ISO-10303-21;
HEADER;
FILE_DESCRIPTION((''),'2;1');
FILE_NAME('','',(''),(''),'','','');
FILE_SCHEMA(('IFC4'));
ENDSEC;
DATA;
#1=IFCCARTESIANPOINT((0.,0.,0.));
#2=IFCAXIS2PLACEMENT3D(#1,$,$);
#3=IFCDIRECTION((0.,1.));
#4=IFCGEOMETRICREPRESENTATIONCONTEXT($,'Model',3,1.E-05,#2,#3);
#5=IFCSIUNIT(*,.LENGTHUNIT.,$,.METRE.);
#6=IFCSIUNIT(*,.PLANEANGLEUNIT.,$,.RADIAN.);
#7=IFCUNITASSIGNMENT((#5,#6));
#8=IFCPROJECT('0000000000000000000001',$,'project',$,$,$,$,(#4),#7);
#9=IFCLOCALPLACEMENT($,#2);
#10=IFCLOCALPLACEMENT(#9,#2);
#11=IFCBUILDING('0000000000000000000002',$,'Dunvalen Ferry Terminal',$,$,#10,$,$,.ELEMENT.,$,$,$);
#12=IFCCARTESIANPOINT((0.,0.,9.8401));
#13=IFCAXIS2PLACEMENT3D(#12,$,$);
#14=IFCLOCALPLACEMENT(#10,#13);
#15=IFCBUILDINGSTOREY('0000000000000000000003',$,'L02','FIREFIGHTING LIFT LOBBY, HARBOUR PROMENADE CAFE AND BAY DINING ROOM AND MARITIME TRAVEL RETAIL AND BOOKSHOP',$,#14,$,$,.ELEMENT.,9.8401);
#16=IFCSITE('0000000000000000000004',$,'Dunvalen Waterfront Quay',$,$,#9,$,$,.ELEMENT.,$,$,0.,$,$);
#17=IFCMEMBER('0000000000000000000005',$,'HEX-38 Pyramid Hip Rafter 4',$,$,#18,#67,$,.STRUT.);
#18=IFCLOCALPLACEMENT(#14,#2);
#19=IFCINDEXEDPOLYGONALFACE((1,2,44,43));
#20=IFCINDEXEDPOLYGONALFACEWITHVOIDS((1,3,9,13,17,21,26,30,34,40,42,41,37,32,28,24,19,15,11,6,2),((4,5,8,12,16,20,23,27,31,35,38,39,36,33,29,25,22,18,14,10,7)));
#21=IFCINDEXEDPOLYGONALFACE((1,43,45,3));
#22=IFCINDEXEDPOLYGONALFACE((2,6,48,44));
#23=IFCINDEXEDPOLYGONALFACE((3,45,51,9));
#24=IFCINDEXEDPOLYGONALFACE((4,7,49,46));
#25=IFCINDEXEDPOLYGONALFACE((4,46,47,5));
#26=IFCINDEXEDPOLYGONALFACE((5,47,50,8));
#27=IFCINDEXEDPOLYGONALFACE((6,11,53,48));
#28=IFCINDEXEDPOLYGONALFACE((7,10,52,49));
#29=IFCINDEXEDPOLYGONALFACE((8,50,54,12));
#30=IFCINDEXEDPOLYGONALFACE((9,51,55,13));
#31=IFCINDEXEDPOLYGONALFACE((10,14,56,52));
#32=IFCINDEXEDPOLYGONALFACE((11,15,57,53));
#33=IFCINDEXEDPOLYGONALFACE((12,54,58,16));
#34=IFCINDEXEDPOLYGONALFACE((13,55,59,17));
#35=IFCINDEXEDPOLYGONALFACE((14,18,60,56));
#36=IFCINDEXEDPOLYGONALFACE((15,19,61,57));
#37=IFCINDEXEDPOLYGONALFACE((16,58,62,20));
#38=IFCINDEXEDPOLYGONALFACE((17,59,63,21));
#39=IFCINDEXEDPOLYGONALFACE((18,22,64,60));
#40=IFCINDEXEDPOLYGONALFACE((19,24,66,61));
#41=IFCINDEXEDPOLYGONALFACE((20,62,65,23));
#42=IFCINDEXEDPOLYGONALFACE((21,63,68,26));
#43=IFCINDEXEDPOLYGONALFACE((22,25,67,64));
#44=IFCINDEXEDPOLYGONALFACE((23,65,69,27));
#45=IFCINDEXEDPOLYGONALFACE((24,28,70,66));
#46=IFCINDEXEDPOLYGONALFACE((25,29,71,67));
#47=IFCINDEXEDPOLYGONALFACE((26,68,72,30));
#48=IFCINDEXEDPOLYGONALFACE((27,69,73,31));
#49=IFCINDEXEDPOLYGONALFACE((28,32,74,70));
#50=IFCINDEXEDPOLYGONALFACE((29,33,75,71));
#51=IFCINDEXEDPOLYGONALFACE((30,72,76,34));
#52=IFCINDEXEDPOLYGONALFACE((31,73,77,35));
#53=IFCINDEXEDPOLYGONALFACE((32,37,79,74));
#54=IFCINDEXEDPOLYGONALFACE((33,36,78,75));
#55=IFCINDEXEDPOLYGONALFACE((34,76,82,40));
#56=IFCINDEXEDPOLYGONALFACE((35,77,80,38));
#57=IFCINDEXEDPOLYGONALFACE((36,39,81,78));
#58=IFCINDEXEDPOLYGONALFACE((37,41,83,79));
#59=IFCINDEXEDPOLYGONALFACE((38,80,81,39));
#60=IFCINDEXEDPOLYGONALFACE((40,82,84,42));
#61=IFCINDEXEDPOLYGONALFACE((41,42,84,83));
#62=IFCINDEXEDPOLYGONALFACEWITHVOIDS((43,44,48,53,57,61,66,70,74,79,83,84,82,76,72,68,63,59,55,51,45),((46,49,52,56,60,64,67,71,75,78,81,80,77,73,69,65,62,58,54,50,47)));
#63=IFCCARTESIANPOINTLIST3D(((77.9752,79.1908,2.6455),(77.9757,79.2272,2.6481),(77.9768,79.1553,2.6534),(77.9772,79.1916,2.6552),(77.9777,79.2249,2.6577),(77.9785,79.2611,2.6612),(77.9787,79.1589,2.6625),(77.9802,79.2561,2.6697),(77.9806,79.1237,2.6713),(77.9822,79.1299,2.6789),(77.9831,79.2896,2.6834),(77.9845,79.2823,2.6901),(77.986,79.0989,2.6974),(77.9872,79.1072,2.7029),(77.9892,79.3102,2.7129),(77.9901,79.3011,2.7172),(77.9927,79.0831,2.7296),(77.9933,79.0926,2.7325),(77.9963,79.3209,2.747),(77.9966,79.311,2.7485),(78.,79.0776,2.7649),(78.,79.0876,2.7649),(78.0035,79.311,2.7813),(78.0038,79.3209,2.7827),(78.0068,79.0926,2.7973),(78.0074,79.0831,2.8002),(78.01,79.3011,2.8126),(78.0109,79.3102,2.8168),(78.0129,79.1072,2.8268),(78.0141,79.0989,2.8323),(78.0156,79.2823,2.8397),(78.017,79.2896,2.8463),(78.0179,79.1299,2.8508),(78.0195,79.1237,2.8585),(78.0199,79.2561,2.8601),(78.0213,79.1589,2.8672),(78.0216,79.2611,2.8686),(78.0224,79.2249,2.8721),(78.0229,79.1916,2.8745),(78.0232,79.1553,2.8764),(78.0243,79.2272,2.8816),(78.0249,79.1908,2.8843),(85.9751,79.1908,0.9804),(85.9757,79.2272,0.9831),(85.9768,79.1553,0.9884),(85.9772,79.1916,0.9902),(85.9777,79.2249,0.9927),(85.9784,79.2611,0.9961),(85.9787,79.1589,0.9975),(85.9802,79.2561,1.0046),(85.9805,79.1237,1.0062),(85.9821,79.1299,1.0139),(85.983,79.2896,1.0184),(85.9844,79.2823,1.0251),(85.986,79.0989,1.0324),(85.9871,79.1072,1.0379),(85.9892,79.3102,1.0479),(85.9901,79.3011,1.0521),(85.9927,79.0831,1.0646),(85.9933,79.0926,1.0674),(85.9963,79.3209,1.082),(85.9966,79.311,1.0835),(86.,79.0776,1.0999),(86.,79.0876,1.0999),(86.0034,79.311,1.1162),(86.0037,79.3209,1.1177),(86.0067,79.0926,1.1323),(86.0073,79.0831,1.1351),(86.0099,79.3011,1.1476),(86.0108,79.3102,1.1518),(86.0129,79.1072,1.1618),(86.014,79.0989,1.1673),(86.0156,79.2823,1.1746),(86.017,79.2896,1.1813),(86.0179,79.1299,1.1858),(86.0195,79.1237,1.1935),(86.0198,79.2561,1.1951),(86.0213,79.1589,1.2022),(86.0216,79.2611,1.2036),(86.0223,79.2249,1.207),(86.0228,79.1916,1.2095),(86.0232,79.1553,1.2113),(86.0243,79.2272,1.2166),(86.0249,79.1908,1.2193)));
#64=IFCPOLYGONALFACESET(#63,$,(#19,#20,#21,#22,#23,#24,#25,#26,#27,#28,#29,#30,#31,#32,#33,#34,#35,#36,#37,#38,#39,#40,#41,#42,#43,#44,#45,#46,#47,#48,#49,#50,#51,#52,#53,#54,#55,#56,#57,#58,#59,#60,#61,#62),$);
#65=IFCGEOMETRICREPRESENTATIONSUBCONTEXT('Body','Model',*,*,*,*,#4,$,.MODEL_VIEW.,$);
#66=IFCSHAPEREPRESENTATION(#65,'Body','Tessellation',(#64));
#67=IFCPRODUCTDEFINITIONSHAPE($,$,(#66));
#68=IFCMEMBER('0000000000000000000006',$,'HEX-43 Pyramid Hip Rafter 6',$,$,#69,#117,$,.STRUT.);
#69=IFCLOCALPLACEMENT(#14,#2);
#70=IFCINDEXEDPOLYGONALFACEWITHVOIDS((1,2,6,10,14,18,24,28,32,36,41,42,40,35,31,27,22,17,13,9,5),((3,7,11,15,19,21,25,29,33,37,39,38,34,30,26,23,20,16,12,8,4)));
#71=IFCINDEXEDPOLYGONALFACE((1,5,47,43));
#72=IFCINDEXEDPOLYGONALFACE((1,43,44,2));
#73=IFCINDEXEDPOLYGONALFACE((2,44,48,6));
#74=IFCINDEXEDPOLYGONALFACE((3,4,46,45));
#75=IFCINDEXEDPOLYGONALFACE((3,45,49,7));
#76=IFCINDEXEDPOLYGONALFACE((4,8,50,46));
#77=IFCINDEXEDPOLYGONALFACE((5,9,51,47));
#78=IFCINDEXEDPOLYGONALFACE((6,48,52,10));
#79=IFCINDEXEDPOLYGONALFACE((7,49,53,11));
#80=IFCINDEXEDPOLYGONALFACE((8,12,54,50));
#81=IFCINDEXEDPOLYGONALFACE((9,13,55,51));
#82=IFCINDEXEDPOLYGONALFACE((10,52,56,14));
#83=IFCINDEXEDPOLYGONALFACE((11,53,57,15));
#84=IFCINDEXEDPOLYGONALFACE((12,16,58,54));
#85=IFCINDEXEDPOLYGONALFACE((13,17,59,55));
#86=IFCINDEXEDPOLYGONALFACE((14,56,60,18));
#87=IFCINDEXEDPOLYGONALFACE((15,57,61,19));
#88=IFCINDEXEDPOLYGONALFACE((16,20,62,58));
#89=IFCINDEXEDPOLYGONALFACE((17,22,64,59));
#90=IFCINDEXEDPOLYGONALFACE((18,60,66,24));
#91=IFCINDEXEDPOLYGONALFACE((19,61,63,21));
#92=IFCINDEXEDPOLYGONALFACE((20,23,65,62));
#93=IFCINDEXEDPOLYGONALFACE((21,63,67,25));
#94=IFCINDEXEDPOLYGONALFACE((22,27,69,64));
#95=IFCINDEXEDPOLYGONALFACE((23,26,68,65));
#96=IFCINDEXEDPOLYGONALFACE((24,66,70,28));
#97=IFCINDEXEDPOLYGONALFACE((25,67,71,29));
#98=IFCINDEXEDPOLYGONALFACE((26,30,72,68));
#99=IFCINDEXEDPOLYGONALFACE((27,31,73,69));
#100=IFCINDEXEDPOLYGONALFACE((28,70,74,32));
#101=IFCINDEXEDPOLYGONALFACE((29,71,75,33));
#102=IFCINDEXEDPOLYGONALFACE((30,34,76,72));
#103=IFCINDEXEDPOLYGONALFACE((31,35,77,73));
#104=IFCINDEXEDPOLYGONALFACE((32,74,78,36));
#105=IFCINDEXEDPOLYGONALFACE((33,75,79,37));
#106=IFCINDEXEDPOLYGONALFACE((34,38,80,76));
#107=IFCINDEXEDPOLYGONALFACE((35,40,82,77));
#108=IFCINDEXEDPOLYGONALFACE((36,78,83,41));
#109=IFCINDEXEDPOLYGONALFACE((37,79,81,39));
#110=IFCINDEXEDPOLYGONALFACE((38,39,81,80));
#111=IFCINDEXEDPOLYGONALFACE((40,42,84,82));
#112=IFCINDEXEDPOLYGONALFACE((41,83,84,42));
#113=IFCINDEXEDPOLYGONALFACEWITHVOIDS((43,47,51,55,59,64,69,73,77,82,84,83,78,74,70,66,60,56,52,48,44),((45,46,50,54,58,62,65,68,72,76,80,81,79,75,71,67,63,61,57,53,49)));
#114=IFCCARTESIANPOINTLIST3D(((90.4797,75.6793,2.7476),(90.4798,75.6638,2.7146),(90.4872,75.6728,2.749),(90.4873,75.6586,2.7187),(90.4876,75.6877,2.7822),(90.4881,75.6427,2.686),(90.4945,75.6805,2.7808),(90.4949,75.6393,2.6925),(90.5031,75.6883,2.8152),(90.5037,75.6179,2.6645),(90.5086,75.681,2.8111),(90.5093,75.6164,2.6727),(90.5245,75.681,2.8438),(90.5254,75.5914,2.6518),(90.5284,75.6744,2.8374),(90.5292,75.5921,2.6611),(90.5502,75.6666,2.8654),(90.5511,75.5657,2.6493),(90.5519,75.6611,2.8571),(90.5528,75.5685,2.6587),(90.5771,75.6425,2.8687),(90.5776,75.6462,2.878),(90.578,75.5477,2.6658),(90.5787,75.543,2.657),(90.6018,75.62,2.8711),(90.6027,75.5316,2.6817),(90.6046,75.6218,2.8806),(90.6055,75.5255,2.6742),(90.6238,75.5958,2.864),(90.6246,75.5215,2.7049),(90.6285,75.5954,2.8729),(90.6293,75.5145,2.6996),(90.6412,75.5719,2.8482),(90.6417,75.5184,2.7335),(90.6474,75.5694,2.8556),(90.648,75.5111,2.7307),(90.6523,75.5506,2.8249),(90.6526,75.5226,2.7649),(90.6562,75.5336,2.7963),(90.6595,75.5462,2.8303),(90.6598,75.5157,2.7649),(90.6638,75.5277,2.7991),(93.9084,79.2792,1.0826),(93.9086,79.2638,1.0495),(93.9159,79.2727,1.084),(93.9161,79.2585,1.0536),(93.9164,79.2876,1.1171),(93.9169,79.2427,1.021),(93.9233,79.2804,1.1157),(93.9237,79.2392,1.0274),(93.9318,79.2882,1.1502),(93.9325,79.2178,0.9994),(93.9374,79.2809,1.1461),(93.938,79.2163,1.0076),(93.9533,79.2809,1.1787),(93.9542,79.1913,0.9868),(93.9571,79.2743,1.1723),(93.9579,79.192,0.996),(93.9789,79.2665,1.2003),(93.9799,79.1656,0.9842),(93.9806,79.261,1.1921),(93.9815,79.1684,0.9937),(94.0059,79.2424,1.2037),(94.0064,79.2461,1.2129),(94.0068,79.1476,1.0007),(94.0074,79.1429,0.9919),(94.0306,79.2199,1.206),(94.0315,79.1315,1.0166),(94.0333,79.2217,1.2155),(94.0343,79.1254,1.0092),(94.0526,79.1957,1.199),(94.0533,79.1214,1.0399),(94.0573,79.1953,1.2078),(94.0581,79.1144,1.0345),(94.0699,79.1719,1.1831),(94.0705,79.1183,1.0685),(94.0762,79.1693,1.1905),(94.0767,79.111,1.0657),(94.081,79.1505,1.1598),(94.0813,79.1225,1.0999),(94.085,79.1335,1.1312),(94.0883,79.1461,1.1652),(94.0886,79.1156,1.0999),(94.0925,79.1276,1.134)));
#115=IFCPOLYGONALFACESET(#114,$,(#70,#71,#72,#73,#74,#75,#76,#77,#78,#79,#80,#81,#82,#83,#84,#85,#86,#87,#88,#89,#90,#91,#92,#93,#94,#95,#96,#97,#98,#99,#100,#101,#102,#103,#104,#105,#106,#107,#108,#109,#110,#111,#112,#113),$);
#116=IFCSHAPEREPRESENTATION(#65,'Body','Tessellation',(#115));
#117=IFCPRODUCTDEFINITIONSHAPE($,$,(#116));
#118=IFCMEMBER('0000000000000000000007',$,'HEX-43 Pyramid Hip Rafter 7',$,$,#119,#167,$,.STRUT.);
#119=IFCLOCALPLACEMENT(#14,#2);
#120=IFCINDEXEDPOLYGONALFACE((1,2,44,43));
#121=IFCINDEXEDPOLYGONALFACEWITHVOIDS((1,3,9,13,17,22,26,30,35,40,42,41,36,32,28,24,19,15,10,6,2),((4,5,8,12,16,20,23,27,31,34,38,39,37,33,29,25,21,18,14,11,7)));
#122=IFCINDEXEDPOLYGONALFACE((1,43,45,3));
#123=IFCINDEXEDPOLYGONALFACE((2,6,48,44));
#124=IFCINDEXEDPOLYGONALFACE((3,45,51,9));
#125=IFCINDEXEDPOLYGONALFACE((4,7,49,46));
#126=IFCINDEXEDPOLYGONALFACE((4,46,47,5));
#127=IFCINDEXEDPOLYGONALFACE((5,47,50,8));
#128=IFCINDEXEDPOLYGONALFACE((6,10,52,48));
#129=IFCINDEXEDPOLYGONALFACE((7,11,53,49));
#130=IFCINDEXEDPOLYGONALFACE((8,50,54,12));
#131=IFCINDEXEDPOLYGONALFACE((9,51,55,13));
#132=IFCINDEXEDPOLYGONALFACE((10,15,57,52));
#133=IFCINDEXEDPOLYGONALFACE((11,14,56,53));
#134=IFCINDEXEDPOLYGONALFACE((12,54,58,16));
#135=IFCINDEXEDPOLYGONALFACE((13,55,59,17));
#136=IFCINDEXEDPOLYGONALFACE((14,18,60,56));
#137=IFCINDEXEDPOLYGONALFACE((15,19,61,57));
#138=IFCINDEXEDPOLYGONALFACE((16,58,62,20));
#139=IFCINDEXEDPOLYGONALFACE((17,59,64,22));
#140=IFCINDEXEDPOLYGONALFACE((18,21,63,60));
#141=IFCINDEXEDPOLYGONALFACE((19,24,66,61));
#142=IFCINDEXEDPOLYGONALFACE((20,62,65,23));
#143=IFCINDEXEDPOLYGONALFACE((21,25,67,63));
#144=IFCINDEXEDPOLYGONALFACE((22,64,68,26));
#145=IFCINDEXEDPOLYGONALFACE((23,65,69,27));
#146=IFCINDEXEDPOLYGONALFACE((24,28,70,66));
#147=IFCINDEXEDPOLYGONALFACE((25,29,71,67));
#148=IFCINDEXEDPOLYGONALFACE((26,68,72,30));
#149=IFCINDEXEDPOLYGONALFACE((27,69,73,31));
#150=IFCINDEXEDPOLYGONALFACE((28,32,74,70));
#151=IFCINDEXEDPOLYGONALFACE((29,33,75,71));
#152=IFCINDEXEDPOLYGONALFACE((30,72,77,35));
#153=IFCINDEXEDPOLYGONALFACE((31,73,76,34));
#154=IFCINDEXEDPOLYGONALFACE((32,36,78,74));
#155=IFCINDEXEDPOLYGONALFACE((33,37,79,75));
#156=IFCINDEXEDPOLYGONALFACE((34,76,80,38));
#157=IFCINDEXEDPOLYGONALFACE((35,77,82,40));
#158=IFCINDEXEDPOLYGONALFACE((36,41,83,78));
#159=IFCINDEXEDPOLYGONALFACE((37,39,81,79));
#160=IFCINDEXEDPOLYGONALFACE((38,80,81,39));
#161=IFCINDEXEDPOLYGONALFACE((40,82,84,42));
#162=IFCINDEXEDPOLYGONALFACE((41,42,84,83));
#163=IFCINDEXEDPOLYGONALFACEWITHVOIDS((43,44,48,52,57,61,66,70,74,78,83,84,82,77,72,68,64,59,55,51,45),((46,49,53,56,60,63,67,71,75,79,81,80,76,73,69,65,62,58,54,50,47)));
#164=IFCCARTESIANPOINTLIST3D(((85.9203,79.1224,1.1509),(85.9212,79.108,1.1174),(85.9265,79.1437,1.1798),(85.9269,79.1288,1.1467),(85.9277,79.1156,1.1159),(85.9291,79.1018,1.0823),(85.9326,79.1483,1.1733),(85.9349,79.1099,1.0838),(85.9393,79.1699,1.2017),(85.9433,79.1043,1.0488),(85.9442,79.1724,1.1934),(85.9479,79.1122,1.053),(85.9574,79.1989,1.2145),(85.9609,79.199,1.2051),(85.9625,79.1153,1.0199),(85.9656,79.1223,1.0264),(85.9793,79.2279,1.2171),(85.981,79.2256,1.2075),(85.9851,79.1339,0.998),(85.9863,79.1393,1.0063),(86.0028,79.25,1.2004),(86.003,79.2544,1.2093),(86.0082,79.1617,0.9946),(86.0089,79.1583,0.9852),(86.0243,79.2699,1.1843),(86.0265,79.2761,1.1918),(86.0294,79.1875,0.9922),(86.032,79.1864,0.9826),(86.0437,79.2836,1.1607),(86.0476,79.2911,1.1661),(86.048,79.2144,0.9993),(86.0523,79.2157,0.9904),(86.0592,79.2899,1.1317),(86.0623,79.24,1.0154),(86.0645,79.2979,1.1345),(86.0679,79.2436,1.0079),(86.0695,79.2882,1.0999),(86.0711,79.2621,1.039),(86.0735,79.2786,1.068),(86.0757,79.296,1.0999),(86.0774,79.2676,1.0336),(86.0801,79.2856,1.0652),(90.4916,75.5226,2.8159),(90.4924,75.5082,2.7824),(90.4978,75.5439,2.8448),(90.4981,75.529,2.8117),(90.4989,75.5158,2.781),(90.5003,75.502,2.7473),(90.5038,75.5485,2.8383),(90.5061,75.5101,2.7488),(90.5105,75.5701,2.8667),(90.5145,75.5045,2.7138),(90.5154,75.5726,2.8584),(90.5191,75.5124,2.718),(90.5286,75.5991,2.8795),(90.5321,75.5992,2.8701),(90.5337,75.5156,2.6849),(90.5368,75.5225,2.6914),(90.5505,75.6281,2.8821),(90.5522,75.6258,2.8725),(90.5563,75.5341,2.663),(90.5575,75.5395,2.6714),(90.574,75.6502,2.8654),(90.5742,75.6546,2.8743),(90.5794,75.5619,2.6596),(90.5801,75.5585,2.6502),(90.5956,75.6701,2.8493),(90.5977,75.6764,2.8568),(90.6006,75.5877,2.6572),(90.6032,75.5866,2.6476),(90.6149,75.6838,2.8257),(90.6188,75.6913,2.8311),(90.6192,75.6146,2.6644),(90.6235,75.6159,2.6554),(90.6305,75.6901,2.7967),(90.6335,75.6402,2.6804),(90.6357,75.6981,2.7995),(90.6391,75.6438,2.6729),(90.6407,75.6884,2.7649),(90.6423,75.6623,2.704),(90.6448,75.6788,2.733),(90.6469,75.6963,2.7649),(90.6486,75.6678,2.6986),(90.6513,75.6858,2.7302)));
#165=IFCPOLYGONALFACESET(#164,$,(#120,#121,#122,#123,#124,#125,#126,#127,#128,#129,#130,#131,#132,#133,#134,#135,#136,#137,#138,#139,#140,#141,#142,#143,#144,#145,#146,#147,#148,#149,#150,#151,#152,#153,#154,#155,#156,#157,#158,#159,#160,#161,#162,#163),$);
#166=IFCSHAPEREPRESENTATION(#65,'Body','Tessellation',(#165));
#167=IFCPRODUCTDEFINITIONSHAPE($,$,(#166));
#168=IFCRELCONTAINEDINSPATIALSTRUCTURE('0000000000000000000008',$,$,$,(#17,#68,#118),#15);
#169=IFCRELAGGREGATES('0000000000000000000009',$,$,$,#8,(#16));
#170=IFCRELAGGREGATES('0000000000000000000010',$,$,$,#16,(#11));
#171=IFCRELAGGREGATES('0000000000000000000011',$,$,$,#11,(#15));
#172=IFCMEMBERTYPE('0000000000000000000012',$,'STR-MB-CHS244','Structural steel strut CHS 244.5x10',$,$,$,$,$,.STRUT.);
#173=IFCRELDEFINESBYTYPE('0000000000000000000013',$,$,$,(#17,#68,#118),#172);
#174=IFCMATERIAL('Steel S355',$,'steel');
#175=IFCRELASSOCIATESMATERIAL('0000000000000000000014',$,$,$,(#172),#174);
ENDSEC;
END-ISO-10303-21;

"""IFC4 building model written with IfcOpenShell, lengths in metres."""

from ifc_helpers import new_model, si_unit, direction, frame, origin, origin_2d, place, context, subcontext, project, spatial, hollow_circle, extrude, material, material_profile, profile_set, type_object, element, save


model = new_model("IFC4")

# Units and contexts
model_context = context("Model", 3, precision=1e-05, world=origin(), true_north=direction((0.0, 1.0)))
body_context = subcontext(model_context, "Body", "Model", "MODEL_VIEW")
ifc_project = project(units=[si_unit("LENGTHUNIT", "METRE"), si_unit("PLANEANGLEUNIT", "RADIAN")], contexts=[model_context])

# Site, building, storey
site_placement = place(None, origin())
site = spatial("IfcSite", under=ifc_project, at=site_placement, Name="Dunvalen Waterfront Quay", CompositionType="ELEMENT", RefElevation=0.0)
building_placement = place(site_placement, origin())
building = spatial("IfcBuilding", under=site, at=building_placement, Name="Dunvalen Ferry Terminal", CompositionType="ELEMENT")
storey_placement = place(building_placement, frame((0.0, 0.0, 9.8401)))
storey = spatial("IfcBuildingStorey", under=building, at=storey_placement, Name="L02", Description="FIREFIGHTING LIFT LOBBY, HARBOUR PROMENADE CAFE AND BAY DINING ROOM AND MARITIME TRAVEL RETAIL AND BOOKSHOP", CompositionType="ELEMENT", Elevation=9.8401)

# Shared definitions
ifc_material_1 = material(Name="Steel S355", Category="steel")

# Members
ifc_material_profile_1 = material_profile(ifc_material_1, hollow_circle(Radius=0.1223, WallThickness=0.01, at=origin_2d()), Name="Steel S355")
ifc_profile_set_1 = profile_set([ifc_material_profile_1], Name="Steel S355")
member_type_1 = type_object("IfcMemberType", Name="STR-MB-CHS244", Description="Structural steel strut CHS 244.5x10", PredefinedType="STRUT", material=ifc_profile_set_1)
member_1_placement = place(storey_placement, frame((86.0, 79.2, 1.0999), z_axis=(-0.97902, 0.0, 0.203763), x_axis=(0.0, -1.0, 0.0)))
element("IfcMember", 1, at=member_1_placement, inside=storey, type_object=member_type_1, Name="HEX-38 Pyramid Hip Rafter 4", PredefinedType="STRUT", context=body_context, shape_type="SweptSolid", body=[
    extrude(hollow_circle(Radius=0.1223, WallThickness=0.01, at=origin_2d()), origin(), (0.0, 0.0, 1.0), 8.1714),
])
member_2_placement = place(storey_placement, frame((94.0, 79.2, 1.0999), z_axis=(-0.65398, -0.686623, 0.317583), x_axis=(0.72411, -0.689685, 0.0)))
element("IfcMember", 2, at=member_2_placement, inside=storey, type_object=member_type_1, Name="HEX-43 Pyramid Hip Rafter 6", PredefinedType="STRUT", context=body_context, shape_type="SweptSolid", body=[
    extrude(hollow_circle(Radius=0.1223, WallThickness=0.01, at=origin_2d()), origin(), (0.0, 0.0, 1.0), 5.2429),
])
member_3_placement = place(storey_placement, frame((86.0, 79.2, 1.0999), z_axis=(0.755322, -0.59481, 0.275117), x_axis=(0.618685, 0.785639, 0.0)))
element("IfcMember", 3, at=member_3_placement, inside=storey, type_object=member_type_1, Name="HEX-43 Pyramid Hip Rafter 7", PredefinedType="STRUT", context=body_context, shape_type="SweptSolid", body=[
    extrude(hollow_circle(Radius=0.1223, WallThickness=0.01, at=origin_2d()), origin(), (0.0, 0.0, 1.0), 6.052),
])

save(model, "model.ifc")
